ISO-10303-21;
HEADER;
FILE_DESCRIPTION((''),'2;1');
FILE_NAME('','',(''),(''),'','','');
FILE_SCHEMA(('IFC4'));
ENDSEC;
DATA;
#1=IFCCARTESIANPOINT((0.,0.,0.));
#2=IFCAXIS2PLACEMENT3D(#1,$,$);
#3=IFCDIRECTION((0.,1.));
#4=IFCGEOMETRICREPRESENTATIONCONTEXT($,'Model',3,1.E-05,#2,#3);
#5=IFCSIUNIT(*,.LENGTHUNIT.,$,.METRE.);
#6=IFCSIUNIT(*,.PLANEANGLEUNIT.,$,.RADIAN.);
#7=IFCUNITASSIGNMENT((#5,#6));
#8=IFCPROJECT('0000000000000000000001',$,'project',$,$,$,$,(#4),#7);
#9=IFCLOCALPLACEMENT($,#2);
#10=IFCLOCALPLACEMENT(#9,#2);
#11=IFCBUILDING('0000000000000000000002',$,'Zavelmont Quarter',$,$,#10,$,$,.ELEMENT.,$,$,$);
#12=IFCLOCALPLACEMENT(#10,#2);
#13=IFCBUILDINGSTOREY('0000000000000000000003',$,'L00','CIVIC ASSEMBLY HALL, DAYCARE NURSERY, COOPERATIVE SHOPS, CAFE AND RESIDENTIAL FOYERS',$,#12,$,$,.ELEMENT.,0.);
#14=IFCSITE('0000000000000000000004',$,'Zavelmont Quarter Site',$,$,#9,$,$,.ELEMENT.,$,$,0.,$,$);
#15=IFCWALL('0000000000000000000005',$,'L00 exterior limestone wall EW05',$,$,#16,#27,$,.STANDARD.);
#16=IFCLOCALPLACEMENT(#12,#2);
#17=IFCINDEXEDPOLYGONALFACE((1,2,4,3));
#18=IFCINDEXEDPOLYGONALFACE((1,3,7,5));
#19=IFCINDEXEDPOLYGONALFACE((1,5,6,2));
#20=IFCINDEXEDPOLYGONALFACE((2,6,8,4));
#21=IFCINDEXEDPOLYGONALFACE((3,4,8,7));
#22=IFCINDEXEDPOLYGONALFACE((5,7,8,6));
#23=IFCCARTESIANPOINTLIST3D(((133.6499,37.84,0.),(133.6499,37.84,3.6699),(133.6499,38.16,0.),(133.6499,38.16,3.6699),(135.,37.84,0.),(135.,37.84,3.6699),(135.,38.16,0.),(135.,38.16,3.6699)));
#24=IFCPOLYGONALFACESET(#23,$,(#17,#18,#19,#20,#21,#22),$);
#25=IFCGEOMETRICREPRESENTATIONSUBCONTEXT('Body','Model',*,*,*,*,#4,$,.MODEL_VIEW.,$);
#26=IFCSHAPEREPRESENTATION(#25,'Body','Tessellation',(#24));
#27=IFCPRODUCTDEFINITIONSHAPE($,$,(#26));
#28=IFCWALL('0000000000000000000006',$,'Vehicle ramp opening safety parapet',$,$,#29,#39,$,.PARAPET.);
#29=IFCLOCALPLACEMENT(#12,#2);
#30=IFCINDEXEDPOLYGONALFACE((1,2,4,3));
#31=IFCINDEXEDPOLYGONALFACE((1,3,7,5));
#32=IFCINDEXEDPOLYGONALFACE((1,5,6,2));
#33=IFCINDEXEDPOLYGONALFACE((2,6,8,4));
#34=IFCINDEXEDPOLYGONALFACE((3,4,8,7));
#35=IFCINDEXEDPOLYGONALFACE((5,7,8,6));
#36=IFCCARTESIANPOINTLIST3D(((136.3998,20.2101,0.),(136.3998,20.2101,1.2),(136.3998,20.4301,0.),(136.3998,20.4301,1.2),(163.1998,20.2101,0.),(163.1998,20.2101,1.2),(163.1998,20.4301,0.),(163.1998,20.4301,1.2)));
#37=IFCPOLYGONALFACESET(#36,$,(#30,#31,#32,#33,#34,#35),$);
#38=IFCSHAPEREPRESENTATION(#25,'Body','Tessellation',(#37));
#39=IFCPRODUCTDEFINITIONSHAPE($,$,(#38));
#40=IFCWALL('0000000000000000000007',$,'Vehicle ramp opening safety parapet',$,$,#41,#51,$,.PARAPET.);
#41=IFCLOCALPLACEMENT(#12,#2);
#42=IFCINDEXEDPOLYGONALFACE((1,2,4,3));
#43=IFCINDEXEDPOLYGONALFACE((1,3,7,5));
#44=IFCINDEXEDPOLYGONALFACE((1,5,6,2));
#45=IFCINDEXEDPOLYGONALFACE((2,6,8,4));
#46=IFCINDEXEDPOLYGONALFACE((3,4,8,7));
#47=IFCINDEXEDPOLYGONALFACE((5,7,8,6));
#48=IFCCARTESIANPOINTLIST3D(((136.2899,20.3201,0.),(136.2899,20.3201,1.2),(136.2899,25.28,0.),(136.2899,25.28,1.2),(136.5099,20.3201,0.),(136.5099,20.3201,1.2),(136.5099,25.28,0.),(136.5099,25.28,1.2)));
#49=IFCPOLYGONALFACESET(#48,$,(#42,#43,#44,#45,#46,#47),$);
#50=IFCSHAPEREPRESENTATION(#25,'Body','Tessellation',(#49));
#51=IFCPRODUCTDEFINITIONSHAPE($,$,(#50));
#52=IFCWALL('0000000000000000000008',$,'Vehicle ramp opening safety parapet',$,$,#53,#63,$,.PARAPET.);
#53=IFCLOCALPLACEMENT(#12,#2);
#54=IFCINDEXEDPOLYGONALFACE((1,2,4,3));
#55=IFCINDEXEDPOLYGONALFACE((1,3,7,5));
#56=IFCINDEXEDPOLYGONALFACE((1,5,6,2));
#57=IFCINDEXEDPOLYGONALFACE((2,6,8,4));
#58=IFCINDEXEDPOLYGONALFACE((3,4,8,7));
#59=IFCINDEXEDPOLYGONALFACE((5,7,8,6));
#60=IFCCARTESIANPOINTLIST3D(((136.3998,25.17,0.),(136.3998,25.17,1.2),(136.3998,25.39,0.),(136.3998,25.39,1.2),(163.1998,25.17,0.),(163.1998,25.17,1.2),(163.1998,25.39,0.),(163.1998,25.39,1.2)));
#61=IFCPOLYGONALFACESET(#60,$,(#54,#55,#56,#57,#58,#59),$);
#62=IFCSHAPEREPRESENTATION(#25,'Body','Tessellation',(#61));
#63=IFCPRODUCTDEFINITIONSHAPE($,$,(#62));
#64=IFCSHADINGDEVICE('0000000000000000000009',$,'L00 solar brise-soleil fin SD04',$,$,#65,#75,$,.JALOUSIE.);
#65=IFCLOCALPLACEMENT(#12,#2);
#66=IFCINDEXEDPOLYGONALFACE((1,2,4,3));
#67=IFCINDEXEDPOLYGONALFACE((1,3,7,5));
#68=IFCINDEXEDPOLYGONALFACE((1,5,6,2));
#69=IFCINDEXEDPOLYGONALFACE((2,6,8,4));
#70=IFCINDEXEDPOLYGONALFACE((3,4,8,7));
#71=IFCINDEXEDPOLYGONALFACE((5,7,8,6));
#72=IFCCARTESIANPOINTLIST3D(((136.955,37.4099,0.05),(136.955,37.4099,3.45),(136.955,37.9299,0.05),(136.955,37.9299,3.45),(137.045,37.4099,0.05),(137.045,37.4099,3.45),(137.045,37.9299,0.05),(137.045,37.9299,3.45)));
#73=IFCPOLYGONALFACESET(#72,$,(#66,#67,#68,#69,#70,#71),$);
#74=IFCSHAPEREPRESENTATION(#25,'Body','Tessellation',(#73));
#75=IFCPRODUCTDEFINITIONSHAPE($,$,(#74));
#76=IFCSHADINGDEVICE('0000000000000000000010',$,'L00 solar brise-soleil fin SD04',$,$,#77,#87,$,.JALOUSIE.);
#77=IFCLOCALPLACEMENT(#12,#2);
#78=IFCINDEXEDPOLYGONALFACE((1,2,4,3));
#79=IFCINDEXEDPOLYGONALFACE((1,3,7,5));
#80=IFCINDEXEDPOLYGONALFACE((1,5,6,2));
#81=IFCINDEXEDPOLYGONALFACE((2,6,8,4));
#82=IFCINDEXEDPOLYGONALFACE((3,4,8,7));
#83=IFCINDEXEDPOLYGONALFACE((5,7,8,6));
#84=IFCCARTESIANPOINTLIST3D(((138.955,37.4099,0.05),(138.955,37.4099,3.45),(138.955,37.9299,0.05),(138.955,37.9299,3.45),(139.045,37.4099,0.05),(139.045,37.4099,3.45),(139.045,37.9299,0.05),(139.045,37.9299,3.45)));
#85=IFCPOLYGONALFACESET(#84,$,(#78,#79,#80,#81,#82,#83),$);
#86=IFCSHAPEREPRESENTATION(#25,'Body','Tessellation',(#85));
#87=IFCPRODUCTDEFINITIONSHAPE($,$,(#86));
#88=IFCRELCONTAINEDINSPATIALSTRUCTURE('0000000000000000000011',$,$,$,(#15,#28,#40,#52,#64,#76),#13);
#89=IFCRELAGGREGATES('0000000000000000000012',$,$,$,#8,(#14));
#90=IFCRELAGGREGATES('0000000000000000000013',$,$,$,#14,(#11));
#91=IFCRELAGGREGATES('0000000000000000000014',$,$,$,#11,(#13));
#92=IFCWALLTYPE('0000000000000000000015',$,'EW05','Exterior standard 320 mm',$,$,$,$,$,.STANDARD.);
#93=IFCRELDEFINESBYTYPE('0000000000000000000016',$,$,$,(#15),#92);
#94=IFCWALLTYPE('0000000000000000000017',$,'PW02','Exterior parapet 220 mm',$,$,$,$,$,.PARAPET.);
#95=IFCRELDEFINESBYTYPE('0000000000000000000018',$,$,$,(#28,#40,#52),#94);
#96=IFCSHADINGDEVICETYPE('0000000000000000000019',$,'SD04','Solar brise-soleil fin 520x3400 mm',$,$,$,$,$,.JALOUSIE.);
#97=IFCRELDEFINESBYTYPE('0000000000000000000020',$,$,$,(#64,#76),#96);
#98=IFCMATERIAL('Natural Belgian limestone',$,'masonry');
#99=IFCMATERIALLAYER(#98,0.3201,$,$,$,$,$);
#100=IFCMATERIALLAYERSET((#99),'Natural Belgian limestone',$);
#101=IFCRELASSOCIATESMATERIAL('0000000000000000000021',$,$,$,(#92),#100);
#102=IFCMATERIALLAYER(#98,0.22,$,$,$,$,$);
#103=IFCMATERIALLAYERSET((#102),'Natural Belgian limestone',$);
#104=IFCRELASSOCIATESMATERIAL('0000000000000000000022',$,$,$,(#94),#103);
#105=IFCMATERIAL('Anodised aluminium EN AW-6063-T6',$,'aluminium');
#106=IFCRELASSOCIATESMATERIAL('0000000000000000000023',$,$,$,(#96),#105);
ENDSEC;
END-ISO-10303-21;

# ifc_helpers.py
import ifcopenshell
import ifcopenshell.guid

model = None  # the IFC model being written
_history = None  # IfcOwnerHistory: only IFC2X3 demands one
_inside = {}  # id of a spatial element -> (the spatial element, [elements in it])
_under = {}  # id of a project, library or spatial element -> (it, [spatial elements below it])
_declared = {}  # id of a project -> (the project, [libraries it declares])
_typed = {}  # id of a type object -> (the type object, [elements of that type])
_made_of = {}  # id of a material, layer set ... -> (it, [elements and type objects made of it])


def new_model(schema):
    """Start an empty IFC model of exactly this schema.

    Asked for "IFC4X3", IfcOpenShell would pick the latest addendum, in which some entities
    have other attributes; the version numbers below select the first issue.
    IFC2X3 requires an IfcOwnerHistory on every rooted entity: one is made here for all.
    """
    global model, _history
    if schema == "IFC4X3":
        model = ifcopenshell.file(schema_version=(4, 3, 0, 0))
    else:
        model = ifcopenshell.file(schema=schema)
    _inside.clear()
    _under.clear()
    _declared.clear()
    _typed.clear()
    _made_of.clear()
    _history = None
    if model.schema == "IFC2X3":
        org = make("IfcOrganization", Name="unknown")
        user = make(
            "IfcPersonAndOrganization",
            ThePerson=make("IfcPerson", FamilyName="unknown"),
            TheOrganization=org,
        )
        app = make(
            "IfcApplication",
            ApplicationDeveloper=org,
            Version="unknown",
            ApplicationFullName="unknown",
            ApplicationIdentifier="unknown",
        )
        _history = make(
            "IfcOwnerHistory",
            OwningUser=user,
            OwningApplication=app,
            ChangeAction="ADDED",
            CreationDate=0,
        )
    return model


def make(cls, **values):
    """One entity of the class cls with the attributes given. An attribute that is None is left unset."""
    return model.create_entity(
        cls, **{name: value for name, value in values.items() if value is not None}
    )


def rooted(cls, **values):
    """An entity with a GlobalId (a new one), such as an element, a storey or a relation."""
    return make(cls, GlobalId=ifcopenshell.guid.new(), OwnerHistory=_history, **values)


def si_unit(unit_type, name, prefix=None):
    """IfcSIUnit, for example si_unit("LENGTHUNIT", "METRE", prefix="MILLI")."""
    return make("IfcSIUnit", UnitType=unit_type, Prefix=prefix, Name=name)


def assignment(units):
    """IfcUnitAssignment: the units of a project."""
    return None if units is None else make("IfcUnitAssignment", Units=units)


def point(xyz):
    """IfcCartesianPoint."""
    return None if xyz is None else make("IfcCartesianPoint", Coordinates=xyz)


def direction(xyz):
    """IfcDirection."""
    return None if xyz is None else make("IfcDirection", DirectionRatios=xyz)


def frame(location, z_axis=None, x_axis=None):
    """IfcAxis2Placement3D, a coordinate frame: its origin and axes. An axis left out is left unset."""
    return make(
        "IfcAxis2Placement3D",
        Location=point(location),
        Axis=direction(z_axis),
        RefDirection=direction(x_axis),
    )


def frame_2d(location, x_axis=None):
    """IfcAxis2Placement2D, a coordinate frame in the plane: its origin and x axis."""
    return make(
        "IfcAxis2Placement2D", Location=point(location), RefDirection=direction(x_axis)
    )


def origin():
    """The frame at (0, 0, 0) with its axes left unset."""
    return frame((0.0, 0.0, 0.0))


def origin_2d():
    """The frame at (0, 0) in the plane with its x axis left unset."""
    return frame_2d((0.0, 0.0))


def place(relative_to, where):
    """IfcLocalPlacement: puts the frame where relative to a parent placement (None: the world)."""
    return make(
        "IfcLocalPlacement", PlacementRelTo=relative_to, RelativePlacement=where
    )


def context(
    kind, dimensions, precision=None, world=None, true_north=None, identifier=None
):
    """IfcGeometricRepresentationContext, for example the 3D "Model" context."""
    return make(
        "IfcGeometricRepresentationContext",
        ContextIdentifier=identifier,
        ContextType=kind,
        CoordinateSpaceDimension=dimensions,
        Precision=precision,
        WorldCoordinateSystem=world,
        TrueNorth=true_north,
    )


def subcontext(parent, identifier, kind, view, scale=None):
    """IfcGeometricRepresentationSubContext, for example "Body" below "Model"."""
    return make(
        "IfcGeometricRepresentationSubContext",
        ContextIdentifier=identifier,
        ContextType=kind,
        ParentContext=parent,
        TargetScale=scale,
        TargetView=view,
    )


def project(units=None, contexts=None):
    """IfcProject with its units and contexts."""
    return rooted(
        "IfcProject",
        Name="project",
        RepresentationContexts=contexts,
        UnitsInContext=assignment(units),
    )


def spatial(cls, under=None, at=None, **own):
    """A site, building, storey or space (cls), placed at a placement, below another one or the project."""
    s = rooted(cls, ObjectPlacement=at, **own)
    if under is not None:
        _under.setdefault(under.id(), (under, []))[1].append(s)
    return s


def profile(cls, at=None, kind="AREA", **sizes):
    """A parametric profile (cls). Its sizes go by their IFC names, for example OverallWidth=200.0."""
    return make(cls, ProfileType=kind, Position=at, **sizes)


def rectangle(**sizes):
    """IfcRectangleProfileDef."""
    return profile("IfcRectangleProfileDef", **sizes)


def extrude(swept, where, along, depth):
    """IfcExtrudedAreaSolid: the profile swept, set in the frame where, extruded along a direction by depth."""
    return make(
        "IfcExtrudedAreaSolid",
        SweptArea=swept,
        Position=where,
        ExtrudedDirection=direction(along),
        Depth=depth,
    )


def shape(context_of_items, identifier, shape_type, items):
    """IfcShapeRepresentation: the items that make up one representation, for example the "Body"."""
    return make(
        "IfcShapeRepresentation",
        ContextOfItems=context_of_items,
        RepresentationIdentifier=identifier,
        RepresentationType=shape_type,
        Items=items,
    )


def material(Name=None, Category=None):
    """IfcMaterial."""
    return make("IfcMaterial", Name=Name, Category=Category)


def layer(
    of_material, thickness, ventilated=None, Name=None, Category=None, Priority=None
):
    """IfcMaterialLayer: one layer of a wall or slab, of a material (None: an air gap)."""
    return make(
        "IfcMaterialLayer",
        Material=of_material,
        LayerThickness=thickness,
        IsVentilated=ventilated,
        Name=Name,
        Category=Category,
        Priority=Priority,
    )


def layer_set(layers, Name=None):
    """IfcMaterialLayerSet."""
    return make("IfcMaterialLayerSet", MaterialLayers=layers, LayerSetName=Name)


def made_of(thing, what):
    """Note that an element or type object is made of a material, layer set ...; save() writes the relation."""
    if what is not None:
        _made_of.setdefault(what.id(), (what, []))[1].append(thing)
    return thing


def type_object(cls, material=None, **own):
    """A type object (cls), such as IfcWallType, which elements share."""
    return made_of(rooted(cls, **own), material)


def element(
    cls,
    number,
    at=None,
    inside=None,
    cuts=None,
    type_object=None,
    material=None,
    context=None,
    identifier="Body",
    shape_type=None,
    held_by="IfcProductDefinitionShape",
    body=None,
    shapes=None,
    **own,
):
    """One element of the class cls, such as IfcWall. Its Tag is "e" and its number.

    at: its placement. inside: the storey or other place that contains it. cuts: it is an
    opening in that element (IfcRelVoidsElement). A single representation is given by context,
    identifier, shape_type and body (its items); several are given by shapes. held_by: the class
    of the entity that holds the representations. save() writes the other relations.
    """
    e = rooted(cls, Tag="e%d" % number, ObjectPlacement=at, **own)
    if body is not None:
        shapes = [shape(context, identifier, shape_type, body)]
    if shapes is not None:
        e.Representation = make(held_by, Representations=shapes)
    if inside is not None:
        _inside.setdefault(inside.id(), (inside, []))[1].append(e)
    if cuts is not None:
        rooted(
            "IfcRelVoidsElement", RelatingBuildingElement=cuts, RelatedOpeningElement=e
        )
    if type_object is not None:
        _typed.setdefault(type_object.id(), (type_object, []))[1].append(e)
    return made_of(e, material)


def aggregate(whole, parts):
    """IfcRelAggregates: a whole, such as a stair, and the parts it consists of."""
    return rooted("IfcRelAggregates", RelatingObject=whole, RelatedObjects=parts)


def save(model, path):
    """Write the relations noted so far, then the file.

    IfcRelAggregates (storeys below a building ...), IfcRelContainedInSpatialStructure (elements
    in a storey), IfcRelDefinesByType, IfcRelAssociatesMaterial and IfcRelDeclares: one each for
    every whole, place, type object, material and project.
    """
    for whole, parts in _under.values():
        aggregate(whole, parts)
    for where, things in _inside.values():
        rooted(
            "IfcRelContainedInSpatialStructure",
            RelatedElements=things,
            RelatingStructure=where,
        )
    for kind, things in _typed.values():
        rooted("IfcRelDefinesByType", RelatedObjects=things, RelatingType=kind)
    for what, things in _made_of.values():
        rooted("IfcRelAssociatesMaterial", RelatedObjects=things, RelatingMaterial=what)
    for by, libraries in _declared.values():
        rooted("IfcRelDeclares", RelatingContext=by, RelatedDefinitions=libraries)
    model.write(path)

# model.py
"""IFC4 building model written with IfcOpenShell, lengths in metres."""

from ifc_helpers import new_model, si_unit, direction, frame, frame_2d, origin, origin_2d, place, context, subcontext, project, spatial, rectangle, extrude, material, layer, layer_set, type_object, element, save


model = new_model("IFC4")

# Units and contexts
model_context = context("Model", 3, precision=1e-05, world=origin(), true_north=direction((0.0, 1.0)))
body_context = subcontext(model_context, "Body", "Model", "MODEL_VIEW")
ifc_project = project(units=[si_unit("LENGTHUNIT", "METRE"), si_unit("PLANEANGLEUNIT", "RADIAN")], contexts=[model_context])

# Site, building, storey
site_placement = place(None, origin())
site = spatial("IfcSite", under=ifc_project, at=site_placement, Name="Zavelmont Quarter Site", CompositionType="ELEMENT", RefElevation=0.0)
building_placement = place(site_placement, origin())
building = spatial("IfcBuilding", under=site, at=building_placement, Name="Zavelmont Quarter", CompositionType="ELEMENT")
storey_placement = place(building_placement, origin())
storey = spatial("IfcBuildingStorey", under=building, at=storey_placement, Name="L00", Description="CIVIC ASSEMBLY HALL, DAYCARE NURSERY, COOPERATIVE SHOPS, CAFE AND RESIDENTIAL FOYERS", CompositionType="ELEMENT", Elevation=0.0)

# Walls
ifc_material_1 = material(Name="Natural Belgian limestone", Category="masonry")
ifc_layer_1 = layer(ifc_material_1, 0.3201)
ifc_layer_set_1 = layer_set([ifc_layer_1], Name="Natural Belgian limestone")
wall_type_1 = type_object("IfcWallType", Name="EW05", Description="Exterior standard 320 mm", PredefinedType="STANDARD", material=ifc_layer_set_1)
wall_1_placement = place(storey_placement, frame((133.6499, 38.0, 0.0), z_axis=(0.0, 0.0, 1.0), x_axis=(1.0, 0.0, 0.0)))
element("IfcWall", 1, at=wall_1_placement, inside=storey, type_object=wall_type_1, Name="L00 exterior limestone wall EW05", PredefinedType="STANDARD", context=body_context, shape_type="SweptSolid", body=[
    extrude(rectangle(XDim=1.3501, YDim=0.3201, at=frame_2d((0.675, 0.0))), origin(), (0.0, 0.0, 1.0), 3.6699),
])
ifc_layer_2 = layer(ifc_material_1, 0.22)
ifc_layer_set_2 = layer_set([ifc_layer_2], Name="Natural Belgian limestone")
wall_type_2 = type_object("IfcWallType", Name="PW02", Description="Exterior parapet 220 mm", PredefinedType="PARAPET", material=ifc_layer_set_2)
wall_2_placement = place(storey_placement, frame((136.3999, 20.3201, 0.0), z_axis=(0.0, 0.0, 1.0), x_axis=(1.0, 0.0, 0.0)))
element("IfcWall", 2, at=wall_2_placement, inside=storey, type_object=wall_type_2, Name="Vehicle ramp opening safety parapet", PredefinedType="PARAPET", context=body_context, shape_type="SweptSolid", body=[
    extrude(rectangle(XDim=26.8, YDim=0.22, at=frame_2d((13.3999, 0.0))), origin(), (0.0, 0.0, 1.0), 1.2),
])
wall_3_placement = place(storey_placement, frame((136.3999, 20.3201, 0.0), z_axis=(0.0, 0.0, 1.0), x_axis=(0.0, 1.0, 0.0)))
element("IfcWall", 3, at=wall_3_placement, inside=storey, type_object=wall_type_2, Name="Vehicle ramp opening safety parapet", PredefinedType="PARAPET", context=body_context, shape_type="SweptSolid", body=[
    extrude(rectangle(XDim=4.96, YDim=0.22, at=frame_2d((2.48, 0.0))), origin(), (0.0, 0.0, 1.0), 1.2),
])
wall_4_placement = place(storey_placement, frame((136.3999, 25.28, 0.0), z_axis=(0.0, 0.0, 1.0), x_axis=(1.0, 0.0, 0.0)))
element("IfcWall", 4, at=wall_4_placement, inside=storey, type_object=wall_type_2, Name="Vehicle ramp opening safety parapet", PredefinedType="PARAPET", context=body_context, shape_type="SweptSolid", body=[
    extrude(rectangle(XDim=26.8, YDim=0.22, at=frame_2d((13.3999, 0.0))), origin(), (0.0, 0.0, 1.0), 1.2),
])

# Shading devices
ifc_material_2 = material(Name="Anodised aluminium EN AW-6063-T6", Category="aluminium")
shading_device_type = type_object("IfcShadingDeviceType", Name="SD04", Description="Solar brise-soleil fin 520x3400 mm", PredefinedType="JALOUSIE", material=ifc_material_2)
for number, where, z_axis, x_axis, name in (
    (5, (137.0, 37.6699, 0.05), (0.0, 0.0, 1.0), (1.0, 0.0, 0.0), "L00 solar brise-soleil fin SD04"),
    (6, (139.0, 37.6699, 0.05), (0.0, 0.0, 1.0), (1.0, 0.0, 0.0), "L00 solar brise-soleil fin SD04"),
):
    element("IfcShadingDevice", number, at=place(storey_placement, frame(where, z_axis=z_axis, x_axis=x_axis)), inside=storey, type_object=shading_device_type, Name=name, PredefinedType="JALOUSIE", context=body_context, shape_type="SweptSolid", body=[
        extrude(rectangle(XDim=0.0901, YDim=0.52, at=origin_2d()), origin(), (0.0, 0.0, 1.0), 3.3999),
    ])

save(model, "model.ifc")
